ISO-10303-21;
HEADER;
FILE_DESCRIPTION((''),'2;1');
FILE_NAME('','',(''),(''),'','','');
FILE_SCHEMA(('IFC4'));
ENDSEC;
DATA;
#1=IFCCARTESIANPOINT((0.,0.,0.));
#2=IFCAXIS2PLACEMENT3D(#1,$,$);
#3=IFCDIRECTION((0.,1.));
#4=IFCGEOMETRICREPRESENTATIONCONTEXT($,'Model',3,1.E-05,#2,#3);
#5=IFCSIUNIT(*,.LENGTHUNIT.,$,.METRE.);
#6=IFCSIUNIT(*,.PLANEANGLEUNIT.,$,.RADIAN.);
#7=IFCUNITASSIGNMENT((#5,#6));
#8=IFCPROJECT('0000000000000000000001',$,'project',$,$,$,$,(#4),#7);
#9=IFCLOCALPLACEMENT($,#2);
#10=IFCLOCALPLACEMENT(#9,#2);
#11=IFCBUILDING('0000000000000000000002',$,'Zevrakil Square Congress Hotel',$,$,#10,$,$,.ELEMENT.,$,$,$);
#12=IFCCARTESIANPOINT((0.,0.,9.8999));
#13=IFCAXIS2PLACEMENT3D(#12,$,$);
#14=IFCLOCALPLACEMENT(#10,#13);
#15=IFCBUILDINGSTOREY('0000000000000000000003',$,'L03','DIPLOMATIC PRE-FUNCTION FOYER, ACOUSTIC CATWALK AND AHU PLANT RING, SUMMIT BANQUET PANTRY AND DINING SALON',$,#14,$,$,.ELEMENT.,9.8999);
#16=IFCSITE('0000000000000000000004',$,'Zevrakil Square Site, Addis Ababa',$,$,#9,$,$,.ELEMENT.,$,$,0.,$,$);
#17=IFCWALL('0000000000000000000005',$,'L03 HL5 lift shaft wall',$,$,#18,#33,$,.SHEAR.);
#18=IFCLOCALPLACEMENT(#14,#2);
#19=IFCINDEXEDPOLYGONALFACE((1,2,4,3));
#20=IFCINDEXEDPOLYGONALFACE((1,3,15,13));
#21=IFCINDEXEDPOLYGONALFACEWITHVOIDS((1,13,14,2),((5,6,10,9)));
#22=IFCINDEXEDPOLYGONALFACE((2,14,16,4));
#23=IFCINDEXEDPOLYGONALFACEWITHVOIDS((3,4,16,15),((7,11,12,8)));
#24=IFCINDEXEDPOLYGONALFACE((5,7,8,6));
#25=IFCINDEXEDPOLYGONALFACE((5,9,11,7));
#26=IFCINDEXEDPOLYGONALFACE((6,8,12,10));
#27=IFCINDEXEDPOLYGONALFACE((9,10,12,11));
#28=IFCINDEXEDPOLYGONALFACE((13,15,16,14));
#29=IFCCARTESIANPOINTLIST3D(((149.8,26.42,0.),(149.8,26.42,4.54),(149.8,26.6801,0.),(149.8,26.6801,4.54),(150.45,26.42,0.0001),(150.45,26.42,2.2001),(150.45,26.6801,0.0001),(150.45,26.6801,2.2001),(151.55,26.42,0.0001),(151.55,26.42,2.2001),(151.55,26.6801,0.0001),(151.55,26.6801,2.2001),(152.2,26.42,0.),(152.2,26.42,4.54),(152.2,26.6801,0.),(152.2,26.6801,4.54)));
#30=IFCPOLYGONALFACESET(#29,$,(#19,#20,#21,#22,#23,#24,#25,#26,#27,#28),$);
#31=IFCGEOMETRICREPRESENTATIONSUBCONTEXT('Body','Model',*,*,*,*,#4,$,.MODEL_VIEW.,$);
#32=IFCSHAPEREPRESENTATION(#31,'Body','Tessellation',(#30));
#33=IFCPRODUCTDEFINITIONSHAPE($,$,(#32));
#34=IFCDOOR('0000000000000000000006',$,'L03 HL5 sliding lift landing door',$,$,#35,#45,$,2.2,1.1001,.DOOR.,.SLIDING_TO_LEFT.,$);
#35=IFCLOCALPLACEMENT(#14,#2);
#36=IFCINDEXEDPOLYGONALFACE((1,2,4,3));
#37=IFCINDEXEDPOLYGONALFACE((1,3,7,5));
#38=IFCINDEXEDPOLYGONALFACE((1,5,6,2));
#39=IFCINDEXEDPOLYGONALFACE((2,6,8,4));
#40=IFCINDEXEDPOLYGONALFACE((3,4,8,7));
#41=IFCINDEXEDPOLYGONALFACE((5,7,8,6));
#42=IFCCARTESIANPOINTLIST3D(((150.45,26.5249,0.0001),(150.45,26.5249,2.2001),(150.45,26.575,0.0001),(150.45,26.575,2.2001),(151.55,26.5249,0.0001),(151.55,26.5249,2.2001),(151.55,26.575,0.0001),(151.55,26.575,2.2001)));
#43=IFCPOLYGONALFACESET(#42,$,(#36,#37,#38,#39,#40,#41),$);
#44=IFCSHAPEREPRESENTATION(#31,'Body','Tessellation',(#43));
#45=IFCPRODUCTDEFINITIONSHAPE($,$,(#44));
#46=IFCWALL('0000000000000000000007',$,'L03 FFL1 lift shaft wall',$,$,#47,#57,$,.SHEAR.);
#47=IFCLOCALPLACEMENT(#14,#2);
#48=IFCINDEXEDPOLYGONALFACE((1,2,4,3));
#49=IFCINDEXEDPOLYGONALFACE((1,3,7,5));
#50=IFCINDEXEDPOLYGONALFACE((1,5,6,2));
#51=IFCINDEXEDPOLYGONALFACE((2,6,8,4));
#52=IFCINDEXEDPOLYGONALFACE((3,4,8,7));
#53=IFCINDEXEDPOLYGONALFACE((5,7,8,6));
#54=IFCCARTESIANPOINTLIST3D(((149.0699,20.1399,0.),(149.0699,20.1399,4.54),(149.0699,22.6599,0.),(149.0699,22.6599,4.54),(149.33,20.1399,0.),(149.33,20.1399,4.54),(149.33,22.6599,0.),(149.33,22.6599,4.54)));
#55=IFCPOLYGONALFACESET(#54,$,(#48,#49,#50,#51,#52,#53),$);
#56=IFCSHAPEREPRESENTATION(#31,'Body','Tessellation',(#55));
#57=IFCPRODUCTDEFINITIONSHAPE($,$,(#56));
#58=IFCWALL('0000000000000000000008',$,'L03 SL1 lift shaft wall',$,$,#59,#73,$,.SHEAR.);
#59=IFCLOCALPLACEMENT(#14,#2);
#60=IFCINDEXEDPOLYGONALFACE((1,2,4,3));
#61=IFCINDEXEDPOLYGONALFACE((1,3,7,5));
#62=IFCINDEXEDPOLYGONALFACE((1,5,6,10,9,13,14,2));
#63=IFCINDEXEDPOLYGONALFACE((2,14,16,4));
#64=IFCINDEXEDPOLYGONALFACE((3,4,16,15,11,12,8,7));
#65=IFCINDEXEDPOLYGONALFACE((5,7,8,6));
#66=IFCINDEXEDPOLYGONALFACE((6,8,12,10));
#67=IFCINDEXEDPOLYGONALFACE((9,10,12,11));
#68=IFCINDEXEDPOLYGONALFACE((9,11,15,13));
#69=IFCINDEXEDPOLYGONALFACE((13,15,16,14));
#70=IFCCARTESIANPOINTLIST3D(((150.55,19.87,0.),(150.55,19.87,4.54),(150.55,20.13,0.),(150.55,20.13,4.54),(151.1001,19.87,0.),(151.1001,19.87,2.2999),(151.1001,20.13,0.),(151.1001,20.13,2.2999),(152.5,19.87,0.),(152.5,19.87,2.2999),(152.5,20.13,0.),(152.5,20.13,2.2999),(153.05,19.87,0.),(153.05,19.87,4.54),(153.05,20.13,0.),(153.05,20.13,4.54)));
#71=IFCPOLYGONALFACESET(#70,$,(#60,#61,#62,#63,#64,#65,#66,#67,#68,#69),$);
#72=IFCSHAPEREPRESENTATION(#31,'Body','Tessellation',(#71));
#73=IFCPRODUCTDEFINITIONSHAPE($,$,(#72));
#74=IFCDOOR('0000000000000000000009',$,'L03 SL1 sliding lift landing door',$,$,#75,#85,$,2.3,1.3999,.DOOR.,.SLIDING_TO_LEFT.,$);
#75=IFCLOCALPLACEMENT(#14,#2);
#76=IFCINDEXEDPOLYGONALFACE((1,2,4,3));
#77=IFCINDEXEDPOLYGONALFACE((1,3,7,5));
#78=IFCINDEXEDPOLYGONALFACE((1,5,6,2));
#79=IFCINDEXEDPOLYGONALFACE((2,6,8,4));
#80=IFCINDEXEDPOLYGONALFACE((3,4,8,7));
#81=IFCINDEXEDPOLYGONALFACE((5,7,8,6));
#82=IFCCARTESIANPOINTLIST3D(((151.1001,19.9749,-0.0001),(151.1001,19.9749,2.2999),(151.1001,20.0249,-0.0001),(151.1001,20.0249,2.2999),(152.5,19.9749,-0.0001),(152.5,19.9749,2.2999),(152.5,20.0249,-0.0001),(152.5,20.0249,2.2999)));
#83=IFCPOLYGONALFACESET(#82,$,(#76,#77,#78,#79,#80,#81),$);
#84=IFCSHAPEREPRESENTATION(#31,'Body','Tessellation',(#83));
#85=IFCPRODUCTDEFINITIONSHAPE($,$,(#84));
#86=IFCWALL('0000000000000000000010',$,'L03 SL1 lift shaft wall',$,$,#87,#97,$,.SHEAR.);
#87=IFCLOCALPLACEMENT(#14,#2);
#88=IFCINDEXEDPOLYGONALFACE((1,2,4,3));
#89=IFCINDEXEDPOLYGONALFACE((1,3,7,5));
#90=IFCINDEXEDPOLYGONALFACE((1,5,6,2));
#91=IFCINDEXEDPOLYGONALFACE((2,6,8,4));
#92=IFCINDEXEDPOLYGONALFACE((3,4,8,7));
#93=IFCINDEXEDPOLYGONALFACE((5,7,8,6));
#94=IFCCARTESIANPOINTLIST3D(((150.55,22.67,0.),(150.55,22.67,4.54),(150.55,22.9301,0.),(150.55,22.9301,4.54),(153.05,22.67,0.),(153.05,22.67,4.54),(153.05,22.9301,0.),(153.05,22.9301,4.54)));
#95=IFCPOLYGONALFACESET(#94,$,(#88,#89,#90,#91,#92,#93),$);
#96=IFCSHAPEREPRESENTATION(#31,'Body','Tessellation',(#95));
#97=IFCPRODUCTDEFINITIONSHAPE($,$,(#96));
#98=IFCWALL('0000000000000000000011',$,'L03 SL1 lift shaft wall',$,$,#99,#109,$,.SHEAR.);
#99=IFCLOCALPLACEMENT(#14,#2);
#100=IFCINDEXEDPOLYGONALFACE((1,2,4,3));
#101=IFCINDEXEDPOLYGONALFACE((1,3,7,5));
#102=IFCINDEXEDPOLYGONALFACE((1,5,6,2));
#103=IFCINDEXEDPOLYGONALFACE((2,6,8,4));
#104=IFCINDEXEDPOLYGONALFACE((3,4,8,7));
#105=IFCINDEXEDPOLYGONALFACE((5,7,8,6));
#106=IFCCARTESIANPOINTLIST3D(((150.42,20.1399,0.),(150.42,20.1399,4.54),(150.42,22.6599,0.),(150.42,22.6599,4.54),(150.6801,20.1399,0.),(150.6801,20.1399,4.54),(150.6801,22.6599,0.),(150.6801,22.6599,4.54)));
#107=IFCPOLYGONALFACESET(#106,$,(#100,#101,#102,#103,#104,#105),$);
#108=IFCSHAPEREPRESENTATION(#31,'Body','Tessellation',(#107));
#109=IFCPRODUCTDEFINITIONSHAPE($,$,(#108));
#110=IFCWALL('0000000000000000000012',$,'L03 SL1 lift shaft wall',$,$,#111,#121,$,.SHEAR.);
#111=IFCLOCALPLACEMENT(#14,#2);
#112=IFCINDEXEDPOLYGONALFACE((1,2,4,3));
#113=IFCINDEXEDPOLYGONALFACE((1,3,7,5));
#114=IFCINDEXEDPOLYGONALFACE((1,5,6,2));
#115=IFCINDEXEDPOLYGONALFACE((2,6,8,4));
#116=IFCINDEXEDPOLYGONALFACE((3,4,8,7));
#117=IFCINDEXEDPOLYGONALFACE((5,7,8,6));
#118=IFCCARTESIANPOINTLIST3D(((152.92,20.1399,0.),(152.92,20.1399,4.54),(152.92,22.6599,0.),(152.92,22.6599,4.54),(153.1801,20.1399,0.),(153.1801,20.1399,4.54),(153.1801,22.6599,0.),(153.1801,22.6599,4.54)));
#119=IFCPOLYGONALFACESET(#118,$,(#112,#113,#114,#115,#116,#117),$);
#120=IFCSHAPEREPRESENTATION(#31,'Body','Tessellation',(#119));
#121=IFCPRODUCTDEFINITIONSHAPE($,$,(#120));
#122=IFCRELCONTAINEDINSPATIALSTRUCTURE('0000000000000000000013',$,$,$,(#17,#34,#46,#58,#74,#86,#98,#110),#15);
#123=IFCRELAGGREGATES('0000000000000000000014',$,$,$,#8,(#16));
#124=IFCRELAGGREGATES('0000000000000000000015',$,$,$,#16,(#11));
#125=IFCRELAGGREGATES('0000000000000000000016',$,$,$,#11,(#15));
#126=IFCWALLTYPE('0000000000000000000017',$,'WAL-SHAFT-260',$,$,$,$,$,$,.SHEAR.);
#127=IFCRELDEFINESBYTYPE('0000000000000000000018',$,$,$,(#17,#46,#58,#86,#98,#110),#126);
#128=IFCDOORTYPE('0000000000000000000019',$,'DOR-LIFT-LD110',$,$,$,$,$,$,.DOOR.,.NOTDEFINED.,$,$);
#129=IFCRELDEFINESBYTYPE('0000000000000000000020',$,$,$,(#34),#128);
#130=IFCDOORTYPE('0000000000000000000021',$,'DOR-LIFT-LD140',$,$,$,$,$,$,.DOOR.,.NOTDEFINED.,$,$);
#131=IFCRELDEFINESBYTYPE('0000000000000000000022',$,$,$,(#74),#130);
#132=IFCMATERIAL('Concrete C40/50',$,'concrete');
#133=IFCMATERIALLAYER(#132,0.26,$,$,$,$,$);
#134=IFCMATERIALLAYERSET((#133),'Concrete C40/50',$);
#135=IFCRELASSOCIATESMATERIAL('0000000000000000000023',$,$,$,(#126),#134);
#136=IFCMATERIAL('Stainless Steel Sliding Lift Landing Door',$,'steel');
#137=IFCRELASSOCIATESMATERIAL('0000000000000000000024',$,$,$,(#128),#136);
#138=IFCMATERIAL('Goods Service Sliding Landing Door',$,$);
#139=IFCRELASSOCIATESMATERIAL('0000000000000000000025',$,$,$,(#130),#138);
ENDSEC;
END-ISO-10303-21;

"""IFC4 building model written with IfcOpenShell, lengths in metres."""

from ifc_helpers import new_model, si_unit, direction, frame, frame_2d, origin, place, context, subcontext, project, spatial, rectangle, extrude, material, layer, layer_set, type_object, element, fill, save


model = new_model("IFC4")

# Units and contexts
model_context = context("Model", 3, precision=1e-05, world=origin(), true_north=direction((0.0, 1.0)))
body_context = subcontext(model_context, "Body", "Model", "MODEL_VIEW")
ifc_project = project(units=[si_unit("LENGTHUNIT", "METRE"), si_unit("PLANEANGLEUNIT", "RADIAN")], contexts=[model_context])

# Site, building, storey
site_placement = place(None, origin())
site = spatial("IfcSite", under=ifc_project, at=site_placement, Name="Zevrakil Square Site, Addis Ababa", CompositionType="ELEMENT", RefElevation=0.0)
building_placement = place(site_placement, origin())
building = spatial("IfcBuilding", under=site, at=building_placement, Name="Zevrakil Square Congress Hotel", CompositionType="ELEMENT")
storey_placement = place(building_placement, frame((0.0, 0.0, 9.8999)))
storey = spatial("IfcBuildingStorey", under=building, at=storey_placement, Name="L03", Description="DIPLOMATIC PRE-FUNCTION FOYER, ACOUSTIC CATWALK AND AHU PLANT RING, SUMMIT BANQUET PANTRY AND DINING SALON", CompositionType="ELEMENT", Elevation=9.8999)

# Wall, opening, door
ifc_material_1 = material(Name="Concrete C40/50", Category="concrete")
ifc_layer_1 = layer(ifc_material_1, 0.26)
ifc_layer_set_1 = layer_set([ifc_layer_1], Name="Concrete C40/50")
wall_type_1 = type_object("IfcWallType", Name="WAL-SHAFT-260", PredefinedType="SHEAR", material=ifc_layer_set_1)
wall_1_placement = place(storey_placement, frame((149.8, 26.55, 0.0), z_axis=(0.0, 0.0, 1.0), x_axis=(1.0, 0.0, 0.0)))
wall_1 = element("IfcWall", 1, at=wall_1_placement, inside=storey, type_object=wall_type_1, Name="L03 HL5 lift shaft wall", PredefinedType="SHEAR", context=body_context, shape_type="SweptSolid", body=[
    extrude(rectangle(XDim=2.3999, YDim=0.26, at=frame_2d((1.2, 0.0))), origin(), (0.0, 0.0, 1.0), 4.54),
])
opening_1_placement = place(wall_1_placement, frame((0.6499, 0.0, 0.0)))
opening_1 = element("IfcOpeningElement", 2, at=opening_1_placement, cuts=wall_1, PredefinedType="OPENING", context=body_context, shape_type="SweptSolid", body=[
    extrude(rectangle(XDim=1.1001, YDim=2.2, at=frame_2d((0.55, 1.1001))), frame((0.0, 0.1401, 0.0), z_axis=(0.0, -1.0, 0.0), x_axis=(1.0, 0.0, 0.0)), (0.0, 0.0, 1.0), 0.28),
])
ifc_material_2 = material(Name="Stainless Steel Sliding Lift Landing Door", Category="steel")
door_type_1 = type_object("IfcDoorType", Name="DOR-LIFT-LD110", OperationType="NOTDEFINED", PredefinedType="DOOR", material=ifc_material_2)
door_1_placement = place(opening_1_placement, origin())
door_1 = element("IfcDoor", 3, at=door_1_placement, inside=storey, type_object=door_type_1, Name="L03 HL5 sliding lift landing door", OperationType="SLIDING_TO_LEFT", OverallHeight=2.2, OverallWidth=1.1001, PredefinedType="DOOR", context=body_context, shape_type="SweptSolid", body=[
    extrude(rectangle(XDim=1.1001, YDim=2.2, at=frame_2d((0.55, 1.1001))), frame((0.0, 0.0249, 0.0), z_axis=(0.0, -1.0, 0.0), x_axis=(1.0, 0.0, 0.0)), (0.0, 0.0, 1.0), 0.05),
])
fill(opening_1, door_1)

# Wall
wall_2_placement = place(storey_placement, frame((149.2, 20.1399, 0.0), z_axis=(0.0, 0.0, 1.0), x_axis=(0.0, 1.0, 0.0)))
element("IfcWall", 4, at=wall_2_placement, inside=storey, type_object=wall_type_1, Name="L03 FFL1 lift shaft wall", PredefinedType="SHEAR", context=body_context, shape_type="SweptSolid", body=[
    extrude(rectangle(XDim=2.52, YDim=0.26, at=frame_2d((1.26, 0.0))), origin(), (0.0, 0.0, 1.0), 4.54),
])

# Wall, opening, door
wall_3_placement = place(storey_placement, frame((150.55, 20.0, 0.0), z_axis=(0.0, 0.0, 1.0), x_axis=(1.0, 0.0, 0.0)))
wall_3 = element("IfcWall", 5, at=wall_3_placement, inside=storey, type_object=wall_type_1, Name="L03 SL1 lift shaft wall", PredefinedType="SHEAR", context=body_context, shape_type="SweptSolid", body=[
    extrude(rectangle(XDim=2.5, YDim=0.26, at=frame_2d((1.25, 0.0))), origin(), (0.0, 0.0, 1.0), 4.54),
])
opening_2_placement = place(wall_3_placement, frame((0.55, 0.0, 0.0)))
opening_2 = element("IfcOpeningElement", 6, at=opening_2_placement, cuts=wall_3, PredefinedType="OPENING", context=body_context, shape_type="SweptSolid", body=[
    extrude(rectangle(XDim=1.3999, YDim=2.3, at=frame_2d((0.7, 1.1499))), frame((0.0, 0.1401, 0.0), z_axis=(0.0, -1.0, 0.0), x_axis=(1.0, 0.0, 0.0)), (0.0, 0.0, 1.0), 0.28),
])
ifc_material_3 = material(Name="Goods Service Sliding Landing Door")
door_type_2 = type_object("IfcDoorType", Name="DOR-LIFT-LD140", OperationType="NOTDEFINED", PredefinedType="DOOR", material=ifc_material_3)
door_2_placement = place(opening_2_placement, origin())
door_2 = element("IfcDoor", 7, at=door_2_placement, inside=storey, type_object=door_type_2, Name="L03 SL1 sliding lift landing door", OperationType="SLIDING_TO_LEFT", OverallHeight=2.3, OverallWidth=1.3999, PredefinedType="DOOR", context=body_context, shape_type="SweptSolid", body=[
    extrude(rectangle(XDim=1.3999, YDim=2.3, at=frame_2d((0.7, 1.1499))), frame((0.0, 0.0249, 0.0), z_axis=(0.0, -1.0, 0.0), x_axis=(1.0, 0.0, 0.0)), (0.0, 0.0, 1.0), 0.05),
])
fill(opening_2, door_2)

# Walls
wall_4_placement = place(storey_placement, frame((150.55, 22.8, 0.0), z_axis=(0.0, 0.0, 1.0), x_axis=(1.0, 0.0, 0.0)))
element("IfcWall", 8, at=wall_4_placement, inside=storey, type_object=wall_type_1, Name="L03 SL1 lift shaft wall", PredefinedType="SHEAR", context=body_context, shape_type="SweptSolid", body=[
    extrude(rectangle(XDim=2.5, YDim=0.26, at=frame_2d((1.25, 0.0))), origin(), (0.0, 0.0, 1.0), 4.54),
])
for number, where, z_axis, x_axis, name in (
    (9, (150.55, 20.1399, 0.0), (0.0, 0.0, 1.0), (0.0, 1.0, 0.0), "L03 SL1 lift shaft wall"),
    (10, (153.05, 20.1399, 0.0), (0.0, 0.0, 1.0), (0.0, 1.0, 0.0), "L03 SL1 lift shaft wall"),
):
    element("IfcWall", number, at=place(storey_placement, frame(where, z_axis=z_axis, x_axis=x_axis)), inside=storey, type_object=wall_type_1, Name=name, PredefinedType="SHEAR", context=body_context, shape_type="SweptSolid", body=[
        extrude(rectangle(XDim=2.52, YDim=0.26, at=frame_2d((1.26, 0.0))), origin(), (0.0, 0.0, 1.0), 4.54),
    ])

save(model, "model.ifc")
